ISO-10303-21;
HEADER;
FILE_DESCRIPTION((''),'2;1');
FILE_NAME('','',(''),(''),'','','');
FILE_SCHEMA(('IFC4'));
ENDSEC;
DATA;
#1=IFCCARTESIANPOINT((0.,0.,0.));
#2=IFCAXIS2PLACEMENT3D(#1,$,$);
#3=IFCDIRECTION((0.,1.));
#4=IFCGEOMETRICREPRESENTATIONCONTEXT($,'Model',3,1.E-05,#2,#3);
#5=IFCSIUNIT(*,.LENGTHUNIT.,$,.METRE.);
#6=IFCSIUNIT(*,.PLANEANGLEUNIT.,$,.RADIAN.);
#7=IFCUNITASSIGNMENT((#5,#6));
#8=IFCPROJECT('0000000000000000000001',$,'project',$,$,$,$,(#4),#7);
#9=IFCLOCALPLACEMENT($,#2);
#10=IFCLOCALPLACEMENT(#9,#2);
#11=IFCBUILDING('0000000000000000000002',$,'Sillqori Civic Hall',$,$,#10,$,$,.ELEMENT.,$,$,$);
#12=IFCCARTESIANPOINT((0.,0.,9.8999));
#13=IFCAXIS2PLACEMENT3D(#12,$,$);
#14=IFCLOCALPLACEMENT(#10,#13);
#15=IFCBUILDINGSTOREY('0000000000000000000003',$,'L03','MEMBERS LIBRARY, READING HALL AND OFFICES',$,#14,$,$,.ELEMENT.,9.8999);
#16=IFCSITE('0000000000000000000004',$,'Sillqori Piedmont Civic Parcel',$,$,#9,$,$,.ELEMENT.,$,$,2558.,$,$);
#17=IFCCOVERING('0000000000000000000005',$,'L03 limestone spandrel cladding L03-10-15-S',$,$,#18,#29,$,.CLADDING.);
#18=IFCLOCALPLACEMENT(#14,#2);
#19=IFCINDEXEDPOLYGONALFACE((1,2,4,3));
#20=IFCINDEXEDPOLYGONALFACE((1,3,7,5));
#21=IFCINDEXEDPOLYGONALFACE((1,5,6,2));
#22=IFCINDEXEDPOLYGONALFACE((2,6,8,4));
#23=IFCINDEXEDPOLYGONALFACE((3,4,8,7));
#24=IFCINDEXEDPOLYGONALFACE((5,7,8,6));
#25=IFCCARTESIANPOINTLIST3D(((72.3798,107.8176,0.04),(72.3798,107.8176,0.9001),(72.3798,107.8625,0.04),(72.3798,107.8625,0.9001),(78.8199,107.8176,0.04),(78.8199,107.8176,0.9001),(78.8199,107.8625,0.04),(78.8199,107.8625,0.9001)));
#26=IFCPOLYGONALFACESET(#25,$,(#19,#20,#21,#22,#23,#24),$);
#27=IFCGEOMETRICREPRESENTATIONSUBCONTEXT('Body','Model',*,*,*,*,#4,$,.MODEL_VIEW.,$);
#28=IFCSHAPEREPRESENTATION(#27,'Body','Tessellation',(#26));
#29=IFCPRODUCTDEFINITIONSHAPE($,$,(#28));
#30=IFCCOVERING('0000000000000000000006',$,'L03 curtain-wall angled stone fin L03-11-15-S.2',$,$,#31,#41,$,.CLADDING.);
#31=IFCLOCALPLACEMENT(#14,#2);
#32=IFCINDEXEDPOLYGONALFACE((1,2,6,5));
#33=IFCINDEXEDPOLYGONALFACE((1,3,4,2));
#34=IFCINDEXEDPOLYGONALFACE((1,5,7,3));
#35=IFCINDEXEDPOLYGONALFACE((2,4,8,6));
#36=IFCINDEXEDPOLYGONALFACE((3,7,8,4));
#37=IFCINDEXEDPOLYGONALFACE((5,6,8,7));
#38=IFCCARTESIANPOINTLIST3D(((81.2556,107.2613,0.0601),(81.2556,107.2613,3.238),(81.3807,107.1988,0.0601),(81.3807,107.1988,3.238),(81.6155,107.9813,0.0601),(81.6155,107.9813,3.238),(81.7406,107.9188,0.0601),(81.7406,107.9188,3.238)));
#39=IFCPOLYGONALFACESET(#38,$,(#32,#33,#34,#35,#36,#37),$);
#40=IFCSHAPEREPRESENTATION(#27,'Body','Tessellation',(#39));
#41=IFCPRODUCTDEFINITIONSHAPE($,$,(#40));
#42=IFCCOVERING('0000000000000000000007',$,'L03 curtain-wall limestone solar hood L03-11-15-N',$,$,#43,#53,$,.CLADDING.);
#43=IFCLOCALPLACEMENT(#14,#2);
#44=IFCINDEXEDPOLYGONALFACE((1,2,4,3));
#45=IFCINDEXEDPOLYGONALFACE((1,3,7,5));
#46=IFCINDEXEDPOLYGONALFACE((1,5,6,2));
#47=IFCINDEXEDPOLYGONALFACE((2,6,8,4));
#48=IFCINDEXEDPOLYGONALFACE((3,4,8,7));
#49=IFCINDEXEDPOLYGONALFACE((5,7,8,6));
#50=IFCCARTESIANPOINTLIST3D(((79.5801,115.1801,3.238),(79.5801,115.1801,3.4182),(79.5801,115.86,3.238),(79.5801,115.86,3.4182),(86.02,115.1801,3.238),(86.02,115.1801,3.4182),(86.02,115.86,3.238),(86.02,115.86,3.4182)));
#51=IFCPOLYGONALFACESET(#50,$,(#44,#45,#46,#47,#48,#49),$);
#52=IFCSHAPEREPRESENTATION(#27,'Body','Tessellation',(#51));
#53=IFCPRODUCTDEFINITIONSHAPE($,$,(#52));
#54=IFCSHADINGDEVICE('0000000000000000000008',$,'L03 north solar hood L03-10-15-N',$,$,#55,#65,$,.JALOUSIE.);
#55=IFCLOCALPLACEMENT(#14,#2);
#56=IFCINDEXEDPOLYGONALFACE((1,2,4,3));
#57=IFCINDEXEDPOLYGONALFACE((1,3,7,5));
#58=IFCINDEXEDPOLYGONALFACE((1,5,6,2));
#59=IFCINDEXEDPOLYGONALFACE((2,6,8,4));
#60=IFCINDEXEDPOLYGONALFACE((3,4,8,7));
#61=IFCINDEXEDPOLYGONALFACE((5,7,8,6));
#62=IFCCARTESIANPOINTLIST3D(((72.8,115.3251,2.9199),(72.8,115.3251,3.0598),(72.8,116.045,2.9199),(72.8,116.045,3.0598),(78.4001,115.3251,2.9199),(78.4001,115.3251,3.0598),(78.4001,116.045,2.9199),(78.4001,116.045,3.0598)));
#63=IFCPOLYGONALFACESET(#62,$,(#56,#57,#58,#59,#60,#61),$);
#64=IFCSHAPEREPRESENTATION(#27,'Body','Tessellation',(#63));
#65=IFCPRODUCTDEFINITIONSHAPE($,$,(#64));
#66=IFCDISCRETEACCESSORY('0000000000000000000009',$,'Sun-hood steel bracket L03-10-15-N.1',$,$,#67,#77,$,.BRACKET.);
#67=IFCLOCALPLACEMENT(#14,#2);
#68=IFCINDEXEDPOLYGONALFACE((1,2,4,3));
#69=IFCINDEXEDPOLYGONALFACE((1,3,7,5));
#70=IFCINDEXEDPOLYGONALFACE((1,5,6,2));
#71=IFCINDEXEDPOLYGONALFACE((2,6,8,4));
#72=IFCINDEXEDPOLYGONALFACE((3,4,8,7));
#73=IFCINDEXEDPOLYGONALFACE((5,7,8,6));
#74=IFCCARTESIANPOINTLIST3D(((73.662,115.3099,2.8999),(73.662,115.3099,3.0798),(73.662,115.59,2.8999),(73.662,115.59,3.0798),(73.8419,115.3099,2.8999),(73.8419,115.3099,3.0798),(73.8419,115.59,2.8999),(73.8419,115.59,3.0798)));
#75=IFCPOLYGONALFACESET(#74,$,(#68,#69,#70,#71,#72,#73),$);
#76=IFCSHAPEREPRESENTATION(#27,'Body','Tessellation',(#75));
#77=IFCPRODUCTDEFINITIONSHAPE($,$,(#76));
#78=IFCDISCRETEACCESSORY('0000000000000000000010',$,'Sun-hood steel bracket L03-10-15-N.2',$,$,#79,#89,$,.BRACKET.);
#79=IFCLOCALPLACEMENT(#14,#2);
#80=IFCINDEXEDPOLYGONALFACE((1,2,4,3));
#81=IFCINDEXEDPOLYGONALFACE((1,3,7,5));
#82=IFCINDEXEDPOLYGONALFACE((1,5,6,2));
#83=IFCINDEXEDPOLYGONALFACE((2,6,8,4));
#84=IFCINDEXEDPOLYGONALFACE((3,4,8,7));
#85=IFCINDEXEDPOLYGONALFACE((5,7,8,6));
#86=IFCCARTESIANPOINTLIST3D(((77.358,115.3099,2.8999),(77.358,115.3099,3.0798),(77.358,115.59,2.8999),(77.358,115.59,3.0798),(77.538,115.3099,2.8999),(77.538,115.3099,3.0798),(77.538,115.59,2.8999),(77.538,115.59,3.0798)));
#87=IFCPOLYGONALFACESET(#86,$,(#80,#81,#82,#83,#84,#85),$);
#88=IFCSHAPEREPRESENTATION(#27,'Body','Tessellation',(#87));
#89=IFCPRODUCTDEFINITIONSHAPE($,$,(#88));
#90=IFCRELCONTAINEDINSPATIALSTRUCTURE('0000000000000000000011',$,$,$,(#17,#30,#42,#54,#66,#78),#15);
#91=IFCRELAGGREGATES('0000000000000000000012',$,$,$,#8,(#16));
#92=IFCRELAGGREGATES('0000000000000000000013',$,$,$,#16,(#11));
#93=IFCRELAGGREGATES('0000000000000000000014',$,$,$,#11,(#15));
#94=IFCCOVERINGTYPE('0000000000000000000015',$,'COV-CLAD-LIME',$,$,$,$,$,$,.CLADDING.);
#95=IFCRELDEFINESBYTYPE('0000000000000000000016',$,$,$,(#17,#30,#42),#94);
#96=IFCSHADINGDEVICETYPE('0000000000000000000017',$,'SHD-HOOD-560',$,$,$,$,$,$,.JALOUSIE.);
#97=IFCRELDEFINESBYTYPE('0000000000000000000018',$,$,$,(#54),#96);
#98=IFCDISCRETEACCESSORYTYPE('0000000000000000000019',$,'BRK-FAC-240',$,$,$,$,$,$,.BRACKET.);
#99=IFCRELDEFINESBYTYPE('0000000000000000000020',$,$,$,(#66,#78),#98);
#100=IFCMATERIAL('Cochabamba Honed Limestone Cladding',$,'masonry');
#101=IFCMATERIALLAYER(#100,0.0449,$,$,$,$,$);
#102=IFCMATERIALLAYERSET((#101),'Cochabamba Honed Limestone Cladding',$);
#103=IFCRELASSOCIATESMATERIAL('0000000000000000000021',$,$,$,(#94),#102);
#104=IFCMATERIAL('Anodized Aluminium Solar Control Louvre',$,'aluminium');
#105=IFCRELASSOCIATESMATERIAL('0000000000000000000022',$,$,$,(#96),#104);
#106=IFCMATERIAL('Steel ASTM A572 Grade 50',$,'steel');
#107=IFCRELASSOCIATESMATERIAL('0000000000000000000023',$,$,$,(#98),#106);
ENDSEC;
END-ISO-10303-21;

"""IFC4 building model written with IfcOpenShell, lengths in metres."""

from ifc_helpers import new_model, si_unit, direction, frame, frame_2d, origin, origin_2d, place, context, subcontext, project, spatial, rectangle, extrude, material, layer, layer_set, type_object, element, save


model = new_model("IFC4")

# Units and contexts
model_context = context("Model", 3, precision=1e-05, world=origin(), true_north=direction((0.0, 1.0)))
body_context = subcontext(model_context, "Body", "Model", "MODEL_VIEW")
ifc_project = project(units=[si_unit("LENGTHUNIT", "METRE"), si_unit("PLANEANGLEUNIT", "RADIAN")], contexts=[model_context])

# Site, building, storey
site_placement = place(None, origin())
site = spatial("IfcSite", under=ifc_project, at=site_placement, Name="Sillqori Piedmont Civic Parcel", CompositionType="ELEMENT", RefElevation=2558.0)
building_placement = place(site_placement, origin())
building = spatial("IfcBuilding", under=site, at=building_placement, Name="Sillqori Civic Hall", CompositionType="ELEMENT")
storey_placement = place(building_placement, frame((0.0, 0.0, 9.8999)))
storey = spatial("IfcBuildingStorey", under=building, at=storey_placement, Name="L03", Description="MEMBERS LIBRARY, READING HALL AND OFFICES", CompositionType="ELEMENT", Elevation=9.8999)

# Coverings
ifc_material_1 = material(Name="Cochabamba Honed Limestone Cladding", Category="masonry")
ifc_layer_1 = layer(ifc_material_1, 0.0449)
ifc_layer_set_1 = layer_set([ifc_layer_1], Name="Cochabamba Honed Limestone Cladding")
covering_type = type_object("IfcCoveringType", Name="COV-CLAD-LIME", PredefinedType="CLADDING", material=ifc_layer_set_1)
covering_1_placement = place(storey_placement, frame((78.8201, 107.8401, 0.04), z_axis=(0.0, 0.0, 1.0), x_axis=(-1.0, 0.0, 0.0)))
element("IfcCovering", 1, at=covering_1_placement, inside=storey, type_object=covering_type, Name="L03 limestone spandrel cladding L03-10-15-S", PredefinedType="CLADDING", context=body_context, shape_type="SweptSolid", body=[
    extrude(rectangle(XDim=6.4402, YDim=0.0449, at=frame_2d((3.2202, 0.0))), origin(), (0.0, 0.0, 1.0), 0.8601),
])
covering_2_placement = place(storey_placement, frame((81.678, 107.95, 0.0601), z_axis=(0.0, 0.0, 1.0), x_axis=(-0.447092, -0.894488, 0.0)))
element("IfcCovering", 2, at=covering_2_placement, inside=storey, type_object=covering_type, Name="L03 curtain-wall angled stone fin L03-11-15-S.2", PredefinedType="CLADDING", context=body_context, shape_type="SweptSolid", body=[
    extrude(rectangle(XDim=0.8049, YDim=0.1399, at=frame_2d((0.4023, 0.0))), origin(), (0.0, 0.0, 1.0), 3.178),
])
covering_3_placement = place(storey_placement, frame((79.5801, 115.52, 3.238), z_axis=(0.0, 0.0, 1.0), x_axis=(1.0, 0.0, 0.0)))
element("IfcCovering", 3, at=covering_3_placement, inside=storey, type_object=covering_type, Name="L03 curtain-wall limestone solar hood L03-11-15-N", PredefinedType="CLADDING", context=body_context, shape_type="SweptSolid", body=[
    extrude(rectangle(XDim=6.4399, YDim=0.6799, at=frame_2d((3.22, 0.0))), origin(), (0.0, 0.0, 1.0), 0.1802),
])

# Shading device
ifc_material_2 = material(Name="Anodized Aluminium Solar Control Louvre", Category="aluminium")
shading_device_type = type_object("IfcShadingDeviceType", Name="SHD-HOOD-560", PredefinedType="JALOUSIE", material=ifc_material_2)
shading_device_placement = place(storey_placement, frame((75.6001, 115.6851, 2.9199), z_axis=(0.0, 0.0, 1.0), x_axis=(1.0, 0.0, 0.0)))
element("IfcShadingDevice", 4, at=shading_device_placement, inside=storey, type_object=shading_device_type, Name="L03 north solar hood L03-10-15-N", PredefinedType="JALOUSIE", context=body_context, shape_type="SweptSolid", body=[
    extrude(rectangle(XDim=5.6001, YDim=0.72, at=origin_2d()), origin(), (0.0, 0.0, 1.0), 0.1399),
])

# Discrete accessories
ifc_material_3 = material(Name="Steel ASTM A572 Grade 50", Category="steel")
discrete_accessory_type = type_object("IfcDiscreteAccessoryType", Name="BRK-FAC-240", PredefinedType="BRACKET", material=ifc_material_3)
for number, where, z_axis, x_axis, name in (
    (5, (73.752, 115.45, 2.8999), (0.0, 0.0, 1.0), (1.0, 0.0, 0.0), "Sun-hood steel bracket L03-10-15-N.1"),
    (6, (77.448, 115.45, 2.8999), (0.0, 0.0, 1.0), (1.0, 0.0, 0.0), "Sun-hood steel bracket L03-10-15-N.2"),
):
    element("IfcDiscreteAccessory", number, at=place(storey_placement, frame(where, z_axis=z_axis, x_axis=x_axis)), inside=storey, type_object=discrete_accessory_type, Name=name, PredefinedType="BRACKET", context=body_context, shape_type="SweptSolid", body=[
        extrude(rectangle(XDim=0.1799, YDim=0.28, at=origin_2d()), origin(), (0.0, 0.0, 1.0), 0.1799),
    ])

save(model, "model.ifc")
